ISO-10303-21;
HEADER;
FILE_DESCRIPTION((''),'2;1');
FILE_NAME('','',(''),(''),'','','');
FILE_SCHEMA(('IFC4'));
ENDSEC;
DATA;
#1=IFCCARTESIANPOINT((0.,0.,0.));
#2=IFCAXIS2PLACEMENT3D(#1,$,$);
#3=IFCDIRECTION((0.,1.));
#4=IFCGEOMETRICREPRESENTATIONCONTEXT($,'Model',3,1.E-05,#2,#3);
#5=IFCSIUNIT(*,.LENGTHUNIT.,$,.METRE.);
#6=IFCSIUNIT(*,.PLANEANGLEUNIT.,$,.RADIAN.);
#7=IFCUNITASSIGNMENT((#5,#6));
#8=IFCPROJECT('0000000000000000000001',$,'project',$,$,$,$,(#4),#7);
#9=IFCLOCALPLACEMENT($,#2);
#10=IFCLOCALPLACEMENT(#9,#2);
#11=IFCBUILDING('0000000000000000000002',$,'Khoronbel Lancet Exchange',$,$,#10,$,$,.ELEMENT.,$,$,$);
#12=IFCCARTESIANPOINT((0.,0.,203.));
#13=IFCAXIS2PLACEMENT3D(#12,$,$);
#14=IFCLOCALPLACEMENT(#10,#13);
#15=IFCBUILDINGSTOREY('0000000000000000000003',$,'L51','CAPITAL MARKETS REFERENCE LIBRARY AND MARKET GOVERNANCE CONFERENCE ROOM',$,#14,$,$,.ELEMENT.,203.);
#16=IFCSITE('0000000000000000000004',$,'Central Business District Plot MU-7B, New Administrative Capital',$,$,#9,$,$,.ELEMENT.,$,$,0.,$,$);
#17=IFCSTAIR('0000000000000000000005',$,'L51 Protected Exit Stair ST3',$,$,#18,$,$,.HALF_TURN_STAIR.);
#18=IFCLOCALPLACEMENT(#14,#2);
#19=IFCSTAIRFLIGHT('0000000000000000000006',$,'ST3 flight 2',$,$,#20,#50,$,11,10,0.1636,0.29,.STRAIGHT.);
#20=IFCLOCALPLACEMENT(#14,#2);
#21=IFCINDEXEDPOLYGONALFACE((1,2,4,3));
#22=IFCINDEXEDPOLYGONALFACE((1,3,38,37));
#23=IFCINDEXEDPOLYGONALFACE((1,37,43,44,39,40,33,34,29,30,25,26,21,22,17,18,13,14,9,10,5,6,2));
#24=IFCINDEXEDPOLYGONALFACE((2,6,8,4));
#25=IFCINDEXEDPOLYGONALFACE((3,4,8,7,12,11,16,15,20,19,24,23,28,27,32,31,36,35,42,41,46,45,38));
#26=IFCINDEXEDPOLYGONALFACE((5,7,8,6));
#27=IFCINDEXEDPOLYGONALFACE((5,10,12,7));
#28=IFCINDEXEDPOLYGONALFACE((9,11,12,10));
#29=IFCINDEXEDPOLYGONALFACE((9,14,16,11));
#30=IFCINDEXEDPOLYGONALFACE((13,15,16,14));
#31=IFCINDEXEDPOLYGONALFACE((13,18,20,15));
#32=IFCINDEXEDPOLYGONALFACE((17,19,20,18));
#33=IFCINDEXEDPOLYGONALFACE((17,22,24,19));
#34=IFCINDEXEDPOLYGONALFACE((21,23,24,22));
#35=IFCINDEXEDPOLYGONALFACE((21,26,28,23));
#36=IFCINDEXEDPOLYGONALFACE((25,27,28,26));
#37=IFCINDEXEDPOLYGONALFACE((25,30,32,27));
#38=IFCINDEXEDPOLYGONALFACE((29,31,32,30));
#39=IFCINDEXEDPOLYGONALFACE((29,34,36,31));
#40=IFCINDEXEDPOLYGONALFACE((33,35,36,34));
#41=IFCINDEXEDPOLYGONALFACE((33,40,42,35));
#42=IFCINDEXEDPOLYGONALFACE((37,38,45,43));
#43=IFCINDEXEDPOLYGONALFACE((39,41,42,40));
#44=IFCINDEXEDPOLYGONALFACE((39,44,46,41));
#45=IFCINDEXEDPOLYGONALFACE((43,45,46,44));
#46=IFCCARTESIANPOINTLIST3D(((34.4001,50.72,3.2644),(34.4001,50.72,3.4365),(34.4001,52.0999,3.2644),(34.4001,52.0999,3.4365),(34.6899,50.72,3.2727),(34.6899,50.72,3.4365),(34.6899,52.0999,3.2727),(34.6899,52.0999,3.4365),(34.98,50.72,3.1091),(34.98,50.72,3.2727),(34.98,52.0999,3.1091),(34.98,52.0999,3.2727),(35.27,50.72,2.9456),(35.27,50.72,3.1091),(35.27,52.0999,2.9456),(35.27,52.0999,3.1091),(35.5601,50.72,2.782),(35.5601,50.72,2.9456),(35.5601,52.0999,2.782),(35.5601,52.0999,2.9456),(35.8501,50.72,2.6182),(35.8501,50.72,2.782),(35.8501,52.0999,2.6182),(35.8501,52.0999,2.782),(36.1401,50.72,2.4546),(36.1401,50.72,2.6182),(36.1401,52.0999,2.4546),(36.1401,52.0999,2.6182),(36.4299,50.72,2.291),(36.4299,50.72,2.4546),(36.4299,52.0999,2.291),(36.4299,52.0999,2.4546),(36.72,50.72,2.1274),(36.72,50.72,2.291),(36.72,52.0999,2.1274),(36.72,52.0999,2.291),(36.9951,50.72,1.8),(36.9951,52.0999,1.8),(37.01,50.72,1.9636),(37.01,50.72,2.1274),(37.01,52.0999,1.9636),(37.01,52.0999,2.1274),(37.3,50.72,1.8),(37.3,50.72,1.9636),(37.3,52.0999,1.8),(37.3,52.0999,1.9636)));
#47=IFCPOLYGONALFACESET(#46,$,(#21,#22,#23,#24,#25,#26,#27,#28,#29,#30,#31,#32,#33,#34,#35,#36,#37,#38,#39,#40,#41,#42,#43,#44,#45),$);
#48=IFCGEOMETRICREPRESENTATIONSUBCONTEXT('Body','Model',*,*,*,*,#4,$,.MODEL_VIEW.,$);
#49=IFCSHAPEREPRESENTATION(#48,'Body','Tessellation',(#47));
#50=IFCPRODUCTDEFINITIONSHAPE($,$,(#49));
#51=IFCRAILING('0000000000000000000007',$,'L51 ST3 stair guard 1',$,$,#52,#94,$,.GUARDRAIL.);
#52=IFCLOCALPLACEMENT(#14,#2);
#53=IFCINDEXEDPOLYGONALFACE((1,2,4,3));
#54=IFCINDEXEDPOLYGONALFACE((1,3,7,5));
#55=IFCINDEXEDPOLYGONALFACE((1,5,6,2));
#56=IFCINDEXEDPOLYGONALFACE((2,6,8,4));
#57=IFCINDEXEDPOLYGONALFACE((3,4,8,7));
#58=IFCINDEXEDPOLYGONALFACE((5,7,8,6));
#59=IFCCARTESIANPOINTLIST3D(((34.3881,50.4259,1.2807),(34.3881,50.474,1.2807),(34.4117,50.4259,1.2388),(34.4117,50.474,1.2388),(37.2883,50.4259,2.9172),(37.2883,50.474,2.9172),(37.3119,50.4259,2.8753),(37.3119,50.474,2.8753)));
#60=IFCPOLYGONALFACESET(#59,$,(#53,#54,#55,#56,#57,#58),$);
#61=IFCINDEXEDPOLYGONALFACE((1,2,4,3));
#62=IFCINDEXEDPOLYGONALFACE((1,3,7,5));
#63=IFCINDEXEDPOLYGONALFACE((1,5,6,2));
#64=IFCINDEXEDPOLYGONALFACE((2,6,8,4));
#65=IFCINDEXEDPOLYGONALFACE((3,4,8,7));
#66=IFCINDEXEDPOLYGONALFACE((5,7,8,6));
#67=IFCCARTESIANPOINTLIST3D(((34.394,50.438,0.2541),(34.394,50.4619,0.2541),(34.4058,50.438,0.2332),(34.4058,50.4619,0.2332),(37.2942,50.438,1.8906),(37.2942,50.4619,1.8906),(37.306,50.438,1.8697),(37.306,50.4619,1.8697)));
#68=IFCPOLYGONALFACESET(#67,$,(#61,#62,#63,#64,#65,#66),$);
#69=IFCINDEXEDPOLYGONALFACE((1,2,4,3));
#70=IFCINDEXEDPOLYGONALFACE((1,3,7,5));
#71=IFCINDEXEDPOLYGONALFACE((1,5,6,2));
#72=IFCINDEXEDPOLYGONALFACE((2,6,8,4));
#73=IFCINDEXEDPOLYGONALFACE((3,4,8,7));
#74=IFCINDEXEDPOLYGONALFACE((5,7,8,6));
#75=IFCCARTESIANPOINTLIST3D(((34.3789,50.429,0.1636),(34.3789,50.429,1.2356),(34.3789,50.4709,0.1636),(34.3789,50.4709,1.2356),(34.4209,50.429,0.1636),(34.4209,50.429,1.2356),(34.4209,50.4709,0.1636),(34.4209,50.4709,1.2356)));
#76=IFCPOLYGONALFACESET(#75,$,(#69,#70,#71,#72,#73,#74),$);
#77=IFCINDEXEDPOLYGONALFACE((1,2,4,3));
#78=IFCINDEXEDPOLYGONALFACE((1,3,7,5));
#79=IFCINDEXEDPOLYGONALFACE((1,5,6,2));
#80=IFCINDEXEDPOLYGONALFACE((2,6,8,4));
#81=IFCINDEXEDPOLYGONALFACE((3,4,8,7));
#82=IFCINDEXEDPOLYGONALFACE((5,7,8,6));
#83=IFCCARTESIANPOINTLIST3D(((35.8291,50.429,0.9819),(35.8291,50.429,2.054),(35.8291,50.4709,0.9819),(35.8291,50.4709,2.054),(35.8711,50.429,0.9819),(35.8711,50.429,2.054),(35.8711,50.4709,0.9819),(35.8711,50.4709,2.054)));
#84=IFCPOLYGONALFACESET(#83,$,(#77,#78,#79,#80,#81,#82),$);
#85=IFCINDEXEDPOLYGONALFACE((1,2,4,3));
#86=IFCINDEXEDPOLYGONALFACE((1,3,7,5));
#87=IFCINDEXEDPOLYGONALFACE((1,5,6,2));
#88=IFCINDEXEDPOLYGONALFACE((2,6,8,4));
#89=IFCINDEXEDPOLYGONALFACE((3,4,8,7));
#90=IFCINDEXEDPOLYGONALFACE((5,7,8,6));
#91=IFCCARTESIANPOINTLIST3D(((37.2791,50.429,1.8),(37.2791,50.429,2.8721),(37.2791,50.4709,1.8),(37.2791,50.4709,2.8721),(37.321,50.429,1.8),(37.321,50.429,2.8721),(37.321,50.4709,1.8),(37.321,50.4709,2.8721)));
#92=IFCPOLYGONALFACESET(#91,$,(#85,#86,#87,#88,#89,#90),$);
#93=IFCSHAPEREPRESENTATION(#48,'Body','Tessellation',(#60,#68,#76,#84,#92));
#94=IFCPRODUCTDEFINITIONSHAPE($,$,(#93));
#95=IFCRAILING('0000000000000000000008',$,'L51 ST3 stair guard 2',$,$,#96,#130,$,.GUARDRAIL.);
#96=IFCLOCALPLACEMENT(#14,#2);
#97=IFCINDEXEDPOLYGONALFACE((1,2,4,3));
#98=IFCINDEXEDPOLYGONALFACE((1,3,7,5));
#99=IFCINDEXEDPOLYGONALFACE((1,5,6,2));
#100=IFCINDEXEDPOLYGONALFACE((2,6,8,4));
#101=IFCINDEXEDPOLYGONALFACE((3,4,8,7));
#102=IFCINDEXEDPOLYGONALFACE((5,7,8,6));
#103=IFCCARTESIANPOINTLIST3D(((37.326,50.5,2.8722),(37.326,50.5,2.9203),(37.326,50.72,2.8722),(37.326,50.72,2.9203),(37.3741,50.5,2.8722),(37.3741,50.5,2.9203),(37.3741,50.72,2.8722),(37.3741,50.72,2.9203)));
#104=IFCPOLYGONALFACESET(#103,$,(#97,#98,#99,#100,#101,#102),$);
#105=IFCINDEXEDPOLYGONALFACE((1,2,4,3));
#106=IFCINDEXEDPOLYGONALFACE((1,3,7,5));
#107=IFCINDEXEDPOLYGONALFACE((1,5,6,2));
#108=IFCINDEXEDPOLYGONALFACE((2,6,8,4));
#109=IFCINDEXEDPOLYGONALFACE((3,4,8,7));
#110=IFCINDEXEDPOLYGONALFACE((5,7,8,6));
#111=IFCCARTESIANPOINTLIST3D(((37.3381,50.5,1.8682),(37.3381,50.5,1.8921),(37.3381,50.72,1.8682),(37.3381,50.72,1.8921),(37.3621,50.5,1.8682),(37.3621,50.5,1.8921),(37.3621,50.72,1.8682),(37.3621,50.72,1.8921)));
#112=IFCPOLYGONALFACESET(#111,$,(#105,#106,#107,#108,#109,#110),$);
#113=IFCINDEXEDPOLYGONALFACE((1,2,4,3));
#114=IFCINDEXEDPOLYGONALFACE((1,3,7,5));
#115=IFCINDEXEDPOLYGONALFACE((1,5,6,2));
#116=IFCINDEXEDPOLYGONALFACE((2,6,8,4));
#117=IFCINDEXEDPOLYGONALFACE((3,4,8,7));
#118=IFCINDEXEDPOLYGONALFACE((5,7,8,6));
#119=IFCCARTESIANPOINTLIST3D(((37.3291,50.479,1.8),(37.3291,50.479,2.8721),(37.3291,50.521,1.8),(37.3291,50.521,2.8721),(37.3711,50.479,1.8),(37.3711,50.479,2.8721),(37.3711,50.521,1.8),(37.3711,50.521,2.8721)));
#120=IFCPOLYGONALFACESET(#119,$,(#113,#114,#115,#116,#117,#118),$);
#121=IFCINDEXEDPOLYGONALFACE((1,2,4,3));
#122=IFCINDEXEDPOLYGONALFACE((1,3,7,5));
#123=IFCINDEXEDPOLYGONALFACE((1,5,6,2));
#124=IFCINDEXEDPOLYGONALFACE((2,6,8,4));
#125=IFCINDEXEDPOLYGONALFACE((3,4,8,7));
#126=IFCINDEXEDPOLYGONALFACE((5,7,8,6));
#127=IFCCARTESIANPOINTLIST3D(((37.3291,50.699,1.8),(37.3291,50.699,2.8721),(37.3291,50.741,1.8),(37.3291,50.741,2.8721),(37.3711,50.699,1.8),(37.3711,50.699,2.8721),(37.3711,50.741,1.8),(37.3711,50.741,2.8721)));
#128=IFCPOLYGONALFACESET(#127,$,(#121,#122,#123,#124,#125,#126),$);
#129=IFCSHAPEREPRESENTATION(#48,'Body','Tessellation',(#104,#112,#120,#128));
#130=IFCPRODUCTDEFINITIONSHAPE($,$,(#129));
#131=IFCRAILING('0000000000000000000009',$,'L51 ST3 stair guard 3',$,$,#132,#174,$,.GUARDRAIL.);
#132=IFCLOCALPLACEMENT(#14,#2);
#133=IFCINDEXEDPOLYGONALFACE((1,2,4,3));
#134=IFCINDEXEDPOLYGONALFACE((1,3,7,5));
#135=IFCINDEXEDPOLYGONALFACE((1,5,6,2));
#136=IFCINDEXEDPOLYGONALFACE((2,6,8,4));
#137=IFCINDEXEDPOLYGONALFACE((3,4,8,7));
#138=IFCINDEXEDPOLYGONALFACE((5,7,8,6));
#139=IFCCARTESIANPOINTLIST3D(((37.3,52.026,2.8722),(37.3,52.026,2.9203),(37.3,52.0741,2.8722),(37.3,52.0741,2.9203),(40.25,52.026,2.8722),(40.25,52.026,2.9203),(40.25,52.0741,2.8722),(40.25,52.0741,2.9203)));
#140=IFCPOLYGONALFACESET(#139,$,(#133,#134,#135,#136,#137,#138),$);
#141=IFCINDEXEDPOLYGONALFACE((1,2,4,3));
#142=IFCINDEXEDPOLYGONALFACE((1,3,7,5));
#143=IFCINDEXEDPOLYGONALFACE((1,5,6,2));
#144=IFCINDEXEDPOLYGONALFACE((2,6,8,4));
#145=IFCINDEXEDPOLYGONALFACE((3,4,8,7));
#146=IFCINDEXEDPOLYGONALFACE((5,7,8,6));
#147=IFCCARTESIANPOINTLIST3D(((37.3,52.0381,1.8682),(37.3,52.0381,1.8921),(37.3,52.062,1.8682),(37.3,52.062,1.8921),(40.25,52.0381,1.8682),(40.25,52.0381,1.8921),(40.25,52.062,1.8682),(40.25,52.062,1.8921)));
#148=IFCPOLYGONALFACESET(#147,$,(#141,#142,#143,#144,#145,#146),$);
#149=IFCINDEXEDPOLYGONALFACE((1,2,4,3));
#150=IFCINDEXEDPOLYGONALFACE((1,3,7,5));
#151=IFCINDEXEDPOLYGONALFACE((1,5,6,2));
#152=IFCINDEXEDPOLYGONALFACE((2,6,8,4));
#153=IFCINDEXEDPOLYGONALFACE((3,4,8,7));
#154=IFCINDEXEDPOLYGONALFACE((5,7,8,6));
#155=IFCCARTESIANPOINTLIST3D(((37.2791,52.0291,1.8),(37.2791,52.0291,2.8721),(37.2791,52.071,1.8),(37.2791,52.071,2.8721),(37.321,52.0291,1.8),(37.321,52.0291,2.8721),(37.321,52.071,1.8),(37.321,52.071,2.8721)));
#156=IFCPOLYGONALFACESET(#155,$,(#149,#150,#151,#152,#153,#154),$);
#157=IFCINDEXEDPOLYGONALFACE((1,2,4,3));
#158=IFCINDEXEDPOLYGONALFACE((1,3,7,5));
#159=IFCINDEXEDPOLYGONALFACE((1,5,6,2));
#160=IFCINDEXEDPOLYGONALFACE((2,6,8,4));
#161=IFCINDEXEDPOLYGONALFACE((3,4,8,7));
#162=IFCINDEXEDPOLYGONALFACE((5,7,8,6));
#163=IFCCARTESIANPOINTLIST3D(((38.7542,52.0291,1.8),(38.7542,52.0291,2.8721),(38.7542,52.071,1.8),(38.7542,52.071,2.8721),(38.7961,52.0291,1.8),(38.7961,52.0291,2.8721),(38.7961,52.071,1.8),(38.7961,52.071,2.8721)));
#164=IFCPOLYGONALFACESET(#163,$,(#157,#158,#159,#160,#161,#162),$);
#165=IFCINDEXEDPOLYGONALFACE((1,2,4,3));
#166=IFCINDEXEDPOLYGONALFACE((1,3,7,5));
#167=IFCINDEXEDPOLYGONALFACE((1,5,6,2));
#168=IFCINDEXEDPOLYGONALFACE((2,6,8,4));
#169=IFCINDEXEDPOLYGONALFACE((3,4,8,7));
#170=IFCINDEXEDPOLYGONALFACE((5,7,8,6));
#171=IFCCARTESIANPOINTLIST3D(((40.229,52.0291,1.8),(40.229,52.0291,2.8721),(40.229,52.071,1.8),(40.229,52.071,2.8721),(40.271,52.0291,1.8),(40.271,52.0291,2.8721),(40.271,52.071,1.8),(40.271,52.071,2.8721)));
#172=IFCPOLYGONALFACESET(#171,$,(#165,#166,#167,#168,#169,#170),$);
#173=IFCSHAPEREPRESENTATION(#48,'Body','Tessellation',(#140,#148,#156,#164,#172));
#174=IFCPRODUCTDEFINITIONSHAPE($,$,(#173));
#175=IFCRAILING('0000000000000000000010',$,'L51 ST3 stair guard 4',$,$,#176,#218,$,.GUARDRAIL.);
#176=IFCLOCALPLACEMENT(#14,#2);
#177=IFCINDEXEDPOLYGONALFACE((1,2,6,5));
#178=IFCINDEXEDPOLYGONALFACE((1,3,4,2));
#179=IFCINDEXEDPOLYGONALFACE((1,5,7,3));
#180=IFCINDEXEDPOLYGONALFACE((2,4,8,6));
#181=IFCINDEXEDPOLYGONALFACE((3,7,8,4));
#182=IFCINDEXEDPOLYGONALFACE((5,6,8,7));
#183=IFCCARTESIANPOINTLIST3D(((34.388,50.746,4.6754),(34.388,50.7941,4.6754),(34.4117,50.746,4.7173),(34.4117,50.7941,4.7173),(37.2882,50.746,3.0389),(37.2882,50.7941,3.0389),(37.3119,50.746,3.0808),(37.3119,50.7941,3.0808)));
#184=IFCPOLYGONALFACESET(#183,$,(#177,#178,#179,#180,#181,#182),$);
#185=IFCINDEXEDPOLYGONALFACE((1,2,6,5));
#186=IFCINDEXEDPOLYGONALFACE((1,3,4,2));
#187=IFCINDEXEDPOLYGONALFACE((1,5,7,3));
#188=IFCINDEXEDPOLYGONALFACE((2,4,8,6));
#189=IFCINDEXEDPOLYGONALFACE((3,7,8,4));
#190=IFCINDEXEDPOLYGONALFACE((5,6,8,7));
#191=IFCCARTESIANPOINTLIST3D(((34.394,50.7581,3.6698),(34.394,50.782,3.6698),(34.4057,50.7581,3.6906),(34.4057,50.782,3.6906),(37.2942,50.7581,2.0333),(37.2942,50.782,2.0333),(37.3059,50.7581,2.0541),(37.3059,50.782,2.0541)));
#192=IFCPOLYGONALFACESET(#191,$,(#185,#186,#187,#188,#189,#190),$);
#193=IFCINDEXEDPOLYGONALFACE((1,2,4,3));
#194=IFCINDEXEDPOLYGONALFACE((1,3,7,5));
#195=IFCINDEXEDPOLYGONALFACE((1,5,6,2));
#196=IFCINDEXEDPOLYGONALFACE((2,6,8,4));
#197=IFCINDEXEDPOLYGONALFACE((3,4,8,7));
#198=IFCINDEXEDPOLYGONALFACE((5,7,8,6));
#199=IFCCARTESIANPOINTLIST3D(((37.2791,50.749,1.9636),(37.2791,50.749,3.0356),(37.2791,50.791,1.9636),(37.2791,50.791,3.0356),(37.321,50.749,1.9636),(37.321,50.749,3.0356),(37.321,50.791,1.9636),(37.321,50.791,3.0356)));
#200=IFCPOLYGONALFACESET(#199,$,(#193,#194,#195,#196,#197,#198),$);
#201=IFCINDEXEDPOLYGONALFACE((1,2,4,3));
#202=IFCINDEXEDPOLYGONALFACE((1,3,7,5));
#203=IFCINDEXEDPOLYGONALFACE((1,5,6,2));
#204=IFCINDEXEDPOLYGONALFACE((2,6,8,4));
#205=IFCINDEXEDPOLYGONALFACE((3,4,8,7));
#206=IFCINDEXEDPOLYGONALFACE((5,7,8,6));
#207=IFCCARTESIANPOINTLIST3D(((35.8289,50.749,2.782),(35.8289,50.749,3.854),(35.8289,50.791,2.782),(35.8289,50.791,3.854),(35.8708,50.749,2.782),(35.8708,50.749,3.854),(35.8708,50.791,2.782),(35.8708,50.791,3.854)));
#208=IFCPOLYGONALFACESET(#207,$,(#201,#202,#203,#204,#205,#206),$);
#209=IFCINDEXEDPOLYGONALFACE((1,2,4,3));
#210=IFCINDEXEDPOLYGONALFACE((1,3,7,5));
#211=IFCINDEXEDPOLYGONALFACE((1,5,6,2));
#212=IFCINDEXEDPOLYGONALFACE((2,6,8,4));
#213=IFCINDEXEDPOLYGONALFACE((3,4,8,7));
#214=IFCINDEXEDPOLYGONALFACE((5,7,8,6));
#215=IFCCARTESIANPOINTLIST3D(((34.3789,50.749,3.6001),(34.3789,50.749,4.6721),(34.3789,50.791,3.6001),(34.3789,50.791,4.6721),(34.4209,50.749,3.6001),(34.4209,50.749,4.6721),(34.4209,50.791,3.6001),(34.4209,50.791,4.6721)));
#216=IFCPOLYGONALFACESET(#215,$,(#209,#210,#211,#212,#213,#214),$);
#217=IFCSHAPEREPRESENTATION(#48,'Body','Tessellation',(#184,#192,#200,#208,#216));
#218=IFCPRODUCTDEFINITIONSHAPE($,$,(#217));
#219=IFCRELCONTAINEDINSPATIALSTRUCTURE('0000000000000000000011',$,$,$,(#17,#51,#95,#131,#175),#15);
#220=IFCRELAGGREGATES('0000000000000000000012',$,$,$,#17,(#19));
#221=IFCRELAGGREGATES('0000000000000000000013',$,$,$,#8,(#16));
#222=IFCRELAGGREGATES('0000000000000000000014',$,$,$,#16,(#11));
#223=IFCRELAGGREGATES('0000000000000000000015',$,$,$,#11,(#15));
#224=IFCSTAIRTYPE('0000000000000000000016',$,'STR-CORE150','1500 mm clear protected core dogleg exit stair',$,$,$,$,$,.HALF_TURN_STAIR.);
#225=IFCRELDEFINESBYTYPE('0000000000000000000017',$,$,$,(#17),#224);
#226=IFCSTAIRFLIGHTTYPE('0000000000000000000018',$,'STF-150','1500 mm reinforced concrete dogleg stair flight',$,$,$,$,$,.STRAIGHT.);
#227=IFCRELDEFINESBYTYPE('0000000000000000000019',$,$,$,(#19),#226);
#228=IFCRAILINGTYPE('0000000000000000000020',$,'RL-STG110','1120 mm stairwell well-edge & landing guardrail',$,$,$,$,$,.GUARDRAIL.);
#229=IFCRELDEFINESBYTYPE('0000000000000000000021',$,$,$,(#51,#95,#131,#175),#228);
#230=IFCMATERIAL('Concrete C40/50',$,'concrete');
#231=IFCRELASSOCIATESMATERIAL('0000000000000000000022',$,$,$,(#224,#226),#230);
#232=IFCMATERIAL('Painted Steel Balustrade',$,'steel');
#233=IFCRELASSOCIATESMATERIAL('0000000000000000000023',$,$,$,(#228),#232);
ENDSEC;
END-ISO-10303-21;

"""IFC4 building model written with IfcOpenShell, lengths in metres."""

from ifc_helpers import new_model, si_unit, direction, frame, origin, origin_2d, place, context, subcontext, project, spatial, polyline, rectangle, outline, extrude, material, type_object, element, aggregate, save


model = new_model("IFC4")

# Units and contexts
model_context = context("Model", 3, precision=1e-05, world=origin(), true_north=direction((0.0, 1.0)))
body_context = subcontext(model_context, "Body", "Model", "MODEL_VIEW")
ifc_project = project(units=[si_unit("LENGTHUNIT", "METRE"), si_unit("PLANEANGLEUNIT", "RADIAN")], contexts=[model_context])

# Site, building, storey
site_placement = place(None, origin())
site = spatial("IfcSite", under=ifc_project, at=site_placement, Name="Central Business District Plot MU-7B, New Administrative Capital", CompositionType="ELEMENT", RefElevation=0.0)
building_placement = place(site_placement, origin())
building = spatial("IfcBuilding", under=site, at=building_placement, Name="Khoronbel Lancet Exchange", CompositionType="ELEMENT")
storey_placement = place(building_placement, frame((0.0, 0.0, 203.0)))
storey = spatial("IfcBuildingStorey", under=building, at=storey_placement, Name="L51", Description="CAPITAL MARKETS REFERENCE LIBRARY AND MARKET GOVERNANCE CONFERENCE ROOM", CompositionType="ELEMENT", Elevation=203.0)

# Stair, stair flight
ifc_material_1 = material(Name="Concrete C40/50", Category="concrete")
stair_type = type_object("IfcStairType", Name="STR-CORE150", Description="1500 mm clear protected core dogleg exit stair", PredefinedType="HALF_TURN_STAIR", material=ifc_material_1)
stair_placement = place(storey_placement, origin())
stair = element("IfcStair", 1, at=stair_placement, inside=storey, type_object=stair_type, Name="L51 Protected Exit Stair ST3", PredefinedType="HALF_TURN_STAIR")
stair_flight_type = type_object("IfcStairFlightType", Name="STF-150", Description="1500 mm reinforced concrete dogleg stair flight", PredefinedType="STRAIGHT", material=ifc_material_1)
stair_flight_1_placement = place(storey_placement, frame((37.3, 51.4099, 1.8), z_axis=(0.0, 0.0, 1.0), x_axis=(-1.0, 0.0, 0.0)))
stair_flight_1 = element("IfcStairFlight", 2, at=stair_flight_1_placement, type_object=stair_flight_type, Name="ST3 flight 2", NumberOfRisers=11, NumberOfTreads=10, PredefinedType="STRAIGHT", RiserHeight=0.1636, TreadLength=0.29, context=body_context, shape_type="SweptSolid", body=[
    extrude(outline(polyline([(0.0, 0.0), (0.0, 0.1636), (0.29, 0.1636), (0.29, 0.3274), (0.5801, 0.3274), (0.5801, 0.491), (0.8701, 0.491), (0.8701, 0.6545), (1.1599, 0.6545), (1.1599, 0.8181), (1.45, 0.8181), (1.45, 0.9819), (1.74, 0.9819), (1.74, 1.1455), (2.03, 1.1455), (2.03, 1.3091), (2.3201, 1.3091), (2.3201, 1.4727), (2.6101, 1.4727), (2.6101, 1.6365), (2.8999, 1.6365), (2.8999, 1.8), (2.8999, 1.4644), (0.3049, 0.0), (0.0, 0.0)])), frame((0.0, 0.6899, 0.0), z_axis=(0.0, -1.0, 0.0), x_axis=(1.0, 0.0, 0.0)), (0.0, 0.0, 1.0), 1.3799),
])
aggregate(stair, [stair_flight_1])

# Railings
ifc_material_2 = material(Name="Painted Steel Balustrade", Category="steel")
railing_type_1 = type_object("IfcRailingType", Name="RL-STG110", Description="1120 mm stairwell well-edge & landing guardrail", PredefinedType="GUARDRAIL", material=ifc_material_2)
railing_1_placement = place(storey_placement, frame((34.3999, 50.45, 0.1636)))
element("IfcRailing", 3, at=railing_1_placement, inside=storey, type_object=railing_type_1, Name="L51 ST3 stair guard 1", PredefinedType="GUARDRAIL", context=body_context, shape_type="SweptSolid", body=[
    extrude(rectangle(XDim=0.0481, YDim=0.0481, at=origin_2d()), frame((0.0, 0.0, 1.0962), z_axis=(0.870915, 0.0, 0.491434), x_axis=(0.0, 1.0, 0.0)), (0.0, 0.0, 1.0), 3.3301),
    extrude(rectangle(XDim=0.0239, YDim=0.0239, at=origin_2d()), frame((0.0, 0.0, 0.0801), z_axis=(0.870915, 0.0, 0.491434), x_axis=(0.0, 1.0, 0.0)), (0.0, 0.0, 1.0), 3.3301),
    extrude(rectangle(XDim=0.042, YDim=0.042, at=origin_2d()), origin(), (0.0, 0.0, 1.0), 1.072),
    extrude(rectangle(XDim=0.042, YDim=0.042, at=origin_2d()), frame((1.4502, 0.0, 0.8184)), (0.0, 0.0, 1.0), 1.072),
    extrude(rectangle(XDim=0.042, YDim=0.042, at=origin_2d()), frame((2.9001, 0.0, 1.6365)), (0.0, 0.0, 1.0), 1.072),
])
railing_2_placement = place(storey_placement, frame((37.3501, 50.5, 1.8)))
element("IfcRailing", 4, at=railing_2_placement, inside=storey, type_object=railing_type_1, Name="L51 ST3 stair guard 2", PredefinedType="GUARDRAIL", context=body_context, shape_type="SweptSolid", body=[
    extrude(rectangle(XDim=0.0481, YDim=0.0481, at=origin_2d()), frame((0.0, 0.0, 1.0962), z_axis=(0.0, 1.0, 0.0), x_axis=(-1.0, 0.0, 0.0)), (0.0, 0.0, 1.0), 0.22),
    extrude(rectangle(XDim=0.0239, YDim=0.0239, at=origin_2d()), frame((0.0, 0.0, 0.0801), z_axis=(0.0, 1.0, 0.0), x_axis=(-1.0, 0.0, 0.0)), (0.0, 0.0, 1.0), 0.22),
    extrude(rectangle(XDim=0.042, YDim=0.042, at=origin_2d()), origin(), (0.0, 0.0, 1.0), 1.072),
    extrude(rectangle(XDim=0.042, YDim=0.042, at=origin_2d()), frame((0.0, 0.22, 0.0)), (0.0, 0.0, 1.0), 1.072),
])
railing_3_placement = place(storey_placement, frame((37.3, 52.05, 1.8)))
element("IfcRailing", 5, at=railing_3_placement, inside=storey, type_object=railing_type_1, Name="L51 ST3 stair guard 3", PredefinedType="GUARDRAIL", context=body_context, shape_type="SweptSolid", body=[
    extrude(rectangle(XDim=0.0481, YDim=0.0481, at=origin_2d()), frame((0.0, 0.0, 1.0962), z_axis=(1.0, 0.0, 0.0), x_axis=(0.0, 1.0, 0.0)), (0.0, 0.0, 1.0), 2.95),
    extrude(rectangle(XDim=0.0239, YDim=0.0239, at=origin_2d()), frame((0.0, 0.0, 0.0801), z_axis=(1.0, 0.0, 0.0), x_axis=(0.0, 1.0, 0.0)), (0.0, 0.0, 1.0), 2.95),
    extrude(rectangle(XDim=0.042, YDim=0.042, at=origin_2d()), origin(), (0.0, 0.0, 1.0), 1.072),
    extrude(rectangle(XDim=0.042, YDim=0.042, at=origin_2d()), frame((1.4751, 0.0, 0.0)), (0.0, 0.0, 1.0), 1.072),
    extrude(rectangle(XDim=0.042, YDim=0.042, at=origin_2d()), frame((2.95, 0.0, 0.0)), (0.0, 0.0, 1.0), 1.072),
])
railing_4_placement = place(storey_placement, frame((37.3, 50.77, 1.9636)))
element("IfcRailing", 6, at=railing_4_placement, inside=storey, type_object=railing_type_1, Name="L51 ST3 stair guard 4", PredefinedType="GUARDRAIL", context=body_context, shape_type="SweptSolid", body=[
    extrude(rectangle(XDim=0.0481, YDim=0.0481, at=origin_2d()), frame((0.0, 0.0, 1.0962), z_axis=(-0.870915, 0.0, 0.491434), x_axis=(0.0, -1.0, 0.0)), (0.0, 0.0, 1.0), 3.3301),
    extrude(rectangle(XDim=0.0239, YDim=0.0239, at=origin_2d()), frame((0.0, 0.0, 0.0801), z_axis=(-0.870915, 0.0, 0.491434), x_axis=(0.0, -1.0, 0.0)), (0.0, 0.0, 1.0), 3.3301),
    extrude(rectangle(XDim=0.042, YDim=0.042, at=origin_2d()), origin(), (0.0, 0.0, 1.0), 1.072),
    extrude(rectangle(XDim=0.042, YDim=0.042, at=origin_2d()), frame((-1.4502, 0.0, 0.8184)), (0.0, 0.0, 1.0), 1.072),
    extrude(rectangle(XDim=0.042, YDim=0.042, at=origin_2d()), frame((-2.9001, 0.0, 1.6365)), (0.0, 0.0, 1.0), 1.072),
])

save(model, "model.ifc")
